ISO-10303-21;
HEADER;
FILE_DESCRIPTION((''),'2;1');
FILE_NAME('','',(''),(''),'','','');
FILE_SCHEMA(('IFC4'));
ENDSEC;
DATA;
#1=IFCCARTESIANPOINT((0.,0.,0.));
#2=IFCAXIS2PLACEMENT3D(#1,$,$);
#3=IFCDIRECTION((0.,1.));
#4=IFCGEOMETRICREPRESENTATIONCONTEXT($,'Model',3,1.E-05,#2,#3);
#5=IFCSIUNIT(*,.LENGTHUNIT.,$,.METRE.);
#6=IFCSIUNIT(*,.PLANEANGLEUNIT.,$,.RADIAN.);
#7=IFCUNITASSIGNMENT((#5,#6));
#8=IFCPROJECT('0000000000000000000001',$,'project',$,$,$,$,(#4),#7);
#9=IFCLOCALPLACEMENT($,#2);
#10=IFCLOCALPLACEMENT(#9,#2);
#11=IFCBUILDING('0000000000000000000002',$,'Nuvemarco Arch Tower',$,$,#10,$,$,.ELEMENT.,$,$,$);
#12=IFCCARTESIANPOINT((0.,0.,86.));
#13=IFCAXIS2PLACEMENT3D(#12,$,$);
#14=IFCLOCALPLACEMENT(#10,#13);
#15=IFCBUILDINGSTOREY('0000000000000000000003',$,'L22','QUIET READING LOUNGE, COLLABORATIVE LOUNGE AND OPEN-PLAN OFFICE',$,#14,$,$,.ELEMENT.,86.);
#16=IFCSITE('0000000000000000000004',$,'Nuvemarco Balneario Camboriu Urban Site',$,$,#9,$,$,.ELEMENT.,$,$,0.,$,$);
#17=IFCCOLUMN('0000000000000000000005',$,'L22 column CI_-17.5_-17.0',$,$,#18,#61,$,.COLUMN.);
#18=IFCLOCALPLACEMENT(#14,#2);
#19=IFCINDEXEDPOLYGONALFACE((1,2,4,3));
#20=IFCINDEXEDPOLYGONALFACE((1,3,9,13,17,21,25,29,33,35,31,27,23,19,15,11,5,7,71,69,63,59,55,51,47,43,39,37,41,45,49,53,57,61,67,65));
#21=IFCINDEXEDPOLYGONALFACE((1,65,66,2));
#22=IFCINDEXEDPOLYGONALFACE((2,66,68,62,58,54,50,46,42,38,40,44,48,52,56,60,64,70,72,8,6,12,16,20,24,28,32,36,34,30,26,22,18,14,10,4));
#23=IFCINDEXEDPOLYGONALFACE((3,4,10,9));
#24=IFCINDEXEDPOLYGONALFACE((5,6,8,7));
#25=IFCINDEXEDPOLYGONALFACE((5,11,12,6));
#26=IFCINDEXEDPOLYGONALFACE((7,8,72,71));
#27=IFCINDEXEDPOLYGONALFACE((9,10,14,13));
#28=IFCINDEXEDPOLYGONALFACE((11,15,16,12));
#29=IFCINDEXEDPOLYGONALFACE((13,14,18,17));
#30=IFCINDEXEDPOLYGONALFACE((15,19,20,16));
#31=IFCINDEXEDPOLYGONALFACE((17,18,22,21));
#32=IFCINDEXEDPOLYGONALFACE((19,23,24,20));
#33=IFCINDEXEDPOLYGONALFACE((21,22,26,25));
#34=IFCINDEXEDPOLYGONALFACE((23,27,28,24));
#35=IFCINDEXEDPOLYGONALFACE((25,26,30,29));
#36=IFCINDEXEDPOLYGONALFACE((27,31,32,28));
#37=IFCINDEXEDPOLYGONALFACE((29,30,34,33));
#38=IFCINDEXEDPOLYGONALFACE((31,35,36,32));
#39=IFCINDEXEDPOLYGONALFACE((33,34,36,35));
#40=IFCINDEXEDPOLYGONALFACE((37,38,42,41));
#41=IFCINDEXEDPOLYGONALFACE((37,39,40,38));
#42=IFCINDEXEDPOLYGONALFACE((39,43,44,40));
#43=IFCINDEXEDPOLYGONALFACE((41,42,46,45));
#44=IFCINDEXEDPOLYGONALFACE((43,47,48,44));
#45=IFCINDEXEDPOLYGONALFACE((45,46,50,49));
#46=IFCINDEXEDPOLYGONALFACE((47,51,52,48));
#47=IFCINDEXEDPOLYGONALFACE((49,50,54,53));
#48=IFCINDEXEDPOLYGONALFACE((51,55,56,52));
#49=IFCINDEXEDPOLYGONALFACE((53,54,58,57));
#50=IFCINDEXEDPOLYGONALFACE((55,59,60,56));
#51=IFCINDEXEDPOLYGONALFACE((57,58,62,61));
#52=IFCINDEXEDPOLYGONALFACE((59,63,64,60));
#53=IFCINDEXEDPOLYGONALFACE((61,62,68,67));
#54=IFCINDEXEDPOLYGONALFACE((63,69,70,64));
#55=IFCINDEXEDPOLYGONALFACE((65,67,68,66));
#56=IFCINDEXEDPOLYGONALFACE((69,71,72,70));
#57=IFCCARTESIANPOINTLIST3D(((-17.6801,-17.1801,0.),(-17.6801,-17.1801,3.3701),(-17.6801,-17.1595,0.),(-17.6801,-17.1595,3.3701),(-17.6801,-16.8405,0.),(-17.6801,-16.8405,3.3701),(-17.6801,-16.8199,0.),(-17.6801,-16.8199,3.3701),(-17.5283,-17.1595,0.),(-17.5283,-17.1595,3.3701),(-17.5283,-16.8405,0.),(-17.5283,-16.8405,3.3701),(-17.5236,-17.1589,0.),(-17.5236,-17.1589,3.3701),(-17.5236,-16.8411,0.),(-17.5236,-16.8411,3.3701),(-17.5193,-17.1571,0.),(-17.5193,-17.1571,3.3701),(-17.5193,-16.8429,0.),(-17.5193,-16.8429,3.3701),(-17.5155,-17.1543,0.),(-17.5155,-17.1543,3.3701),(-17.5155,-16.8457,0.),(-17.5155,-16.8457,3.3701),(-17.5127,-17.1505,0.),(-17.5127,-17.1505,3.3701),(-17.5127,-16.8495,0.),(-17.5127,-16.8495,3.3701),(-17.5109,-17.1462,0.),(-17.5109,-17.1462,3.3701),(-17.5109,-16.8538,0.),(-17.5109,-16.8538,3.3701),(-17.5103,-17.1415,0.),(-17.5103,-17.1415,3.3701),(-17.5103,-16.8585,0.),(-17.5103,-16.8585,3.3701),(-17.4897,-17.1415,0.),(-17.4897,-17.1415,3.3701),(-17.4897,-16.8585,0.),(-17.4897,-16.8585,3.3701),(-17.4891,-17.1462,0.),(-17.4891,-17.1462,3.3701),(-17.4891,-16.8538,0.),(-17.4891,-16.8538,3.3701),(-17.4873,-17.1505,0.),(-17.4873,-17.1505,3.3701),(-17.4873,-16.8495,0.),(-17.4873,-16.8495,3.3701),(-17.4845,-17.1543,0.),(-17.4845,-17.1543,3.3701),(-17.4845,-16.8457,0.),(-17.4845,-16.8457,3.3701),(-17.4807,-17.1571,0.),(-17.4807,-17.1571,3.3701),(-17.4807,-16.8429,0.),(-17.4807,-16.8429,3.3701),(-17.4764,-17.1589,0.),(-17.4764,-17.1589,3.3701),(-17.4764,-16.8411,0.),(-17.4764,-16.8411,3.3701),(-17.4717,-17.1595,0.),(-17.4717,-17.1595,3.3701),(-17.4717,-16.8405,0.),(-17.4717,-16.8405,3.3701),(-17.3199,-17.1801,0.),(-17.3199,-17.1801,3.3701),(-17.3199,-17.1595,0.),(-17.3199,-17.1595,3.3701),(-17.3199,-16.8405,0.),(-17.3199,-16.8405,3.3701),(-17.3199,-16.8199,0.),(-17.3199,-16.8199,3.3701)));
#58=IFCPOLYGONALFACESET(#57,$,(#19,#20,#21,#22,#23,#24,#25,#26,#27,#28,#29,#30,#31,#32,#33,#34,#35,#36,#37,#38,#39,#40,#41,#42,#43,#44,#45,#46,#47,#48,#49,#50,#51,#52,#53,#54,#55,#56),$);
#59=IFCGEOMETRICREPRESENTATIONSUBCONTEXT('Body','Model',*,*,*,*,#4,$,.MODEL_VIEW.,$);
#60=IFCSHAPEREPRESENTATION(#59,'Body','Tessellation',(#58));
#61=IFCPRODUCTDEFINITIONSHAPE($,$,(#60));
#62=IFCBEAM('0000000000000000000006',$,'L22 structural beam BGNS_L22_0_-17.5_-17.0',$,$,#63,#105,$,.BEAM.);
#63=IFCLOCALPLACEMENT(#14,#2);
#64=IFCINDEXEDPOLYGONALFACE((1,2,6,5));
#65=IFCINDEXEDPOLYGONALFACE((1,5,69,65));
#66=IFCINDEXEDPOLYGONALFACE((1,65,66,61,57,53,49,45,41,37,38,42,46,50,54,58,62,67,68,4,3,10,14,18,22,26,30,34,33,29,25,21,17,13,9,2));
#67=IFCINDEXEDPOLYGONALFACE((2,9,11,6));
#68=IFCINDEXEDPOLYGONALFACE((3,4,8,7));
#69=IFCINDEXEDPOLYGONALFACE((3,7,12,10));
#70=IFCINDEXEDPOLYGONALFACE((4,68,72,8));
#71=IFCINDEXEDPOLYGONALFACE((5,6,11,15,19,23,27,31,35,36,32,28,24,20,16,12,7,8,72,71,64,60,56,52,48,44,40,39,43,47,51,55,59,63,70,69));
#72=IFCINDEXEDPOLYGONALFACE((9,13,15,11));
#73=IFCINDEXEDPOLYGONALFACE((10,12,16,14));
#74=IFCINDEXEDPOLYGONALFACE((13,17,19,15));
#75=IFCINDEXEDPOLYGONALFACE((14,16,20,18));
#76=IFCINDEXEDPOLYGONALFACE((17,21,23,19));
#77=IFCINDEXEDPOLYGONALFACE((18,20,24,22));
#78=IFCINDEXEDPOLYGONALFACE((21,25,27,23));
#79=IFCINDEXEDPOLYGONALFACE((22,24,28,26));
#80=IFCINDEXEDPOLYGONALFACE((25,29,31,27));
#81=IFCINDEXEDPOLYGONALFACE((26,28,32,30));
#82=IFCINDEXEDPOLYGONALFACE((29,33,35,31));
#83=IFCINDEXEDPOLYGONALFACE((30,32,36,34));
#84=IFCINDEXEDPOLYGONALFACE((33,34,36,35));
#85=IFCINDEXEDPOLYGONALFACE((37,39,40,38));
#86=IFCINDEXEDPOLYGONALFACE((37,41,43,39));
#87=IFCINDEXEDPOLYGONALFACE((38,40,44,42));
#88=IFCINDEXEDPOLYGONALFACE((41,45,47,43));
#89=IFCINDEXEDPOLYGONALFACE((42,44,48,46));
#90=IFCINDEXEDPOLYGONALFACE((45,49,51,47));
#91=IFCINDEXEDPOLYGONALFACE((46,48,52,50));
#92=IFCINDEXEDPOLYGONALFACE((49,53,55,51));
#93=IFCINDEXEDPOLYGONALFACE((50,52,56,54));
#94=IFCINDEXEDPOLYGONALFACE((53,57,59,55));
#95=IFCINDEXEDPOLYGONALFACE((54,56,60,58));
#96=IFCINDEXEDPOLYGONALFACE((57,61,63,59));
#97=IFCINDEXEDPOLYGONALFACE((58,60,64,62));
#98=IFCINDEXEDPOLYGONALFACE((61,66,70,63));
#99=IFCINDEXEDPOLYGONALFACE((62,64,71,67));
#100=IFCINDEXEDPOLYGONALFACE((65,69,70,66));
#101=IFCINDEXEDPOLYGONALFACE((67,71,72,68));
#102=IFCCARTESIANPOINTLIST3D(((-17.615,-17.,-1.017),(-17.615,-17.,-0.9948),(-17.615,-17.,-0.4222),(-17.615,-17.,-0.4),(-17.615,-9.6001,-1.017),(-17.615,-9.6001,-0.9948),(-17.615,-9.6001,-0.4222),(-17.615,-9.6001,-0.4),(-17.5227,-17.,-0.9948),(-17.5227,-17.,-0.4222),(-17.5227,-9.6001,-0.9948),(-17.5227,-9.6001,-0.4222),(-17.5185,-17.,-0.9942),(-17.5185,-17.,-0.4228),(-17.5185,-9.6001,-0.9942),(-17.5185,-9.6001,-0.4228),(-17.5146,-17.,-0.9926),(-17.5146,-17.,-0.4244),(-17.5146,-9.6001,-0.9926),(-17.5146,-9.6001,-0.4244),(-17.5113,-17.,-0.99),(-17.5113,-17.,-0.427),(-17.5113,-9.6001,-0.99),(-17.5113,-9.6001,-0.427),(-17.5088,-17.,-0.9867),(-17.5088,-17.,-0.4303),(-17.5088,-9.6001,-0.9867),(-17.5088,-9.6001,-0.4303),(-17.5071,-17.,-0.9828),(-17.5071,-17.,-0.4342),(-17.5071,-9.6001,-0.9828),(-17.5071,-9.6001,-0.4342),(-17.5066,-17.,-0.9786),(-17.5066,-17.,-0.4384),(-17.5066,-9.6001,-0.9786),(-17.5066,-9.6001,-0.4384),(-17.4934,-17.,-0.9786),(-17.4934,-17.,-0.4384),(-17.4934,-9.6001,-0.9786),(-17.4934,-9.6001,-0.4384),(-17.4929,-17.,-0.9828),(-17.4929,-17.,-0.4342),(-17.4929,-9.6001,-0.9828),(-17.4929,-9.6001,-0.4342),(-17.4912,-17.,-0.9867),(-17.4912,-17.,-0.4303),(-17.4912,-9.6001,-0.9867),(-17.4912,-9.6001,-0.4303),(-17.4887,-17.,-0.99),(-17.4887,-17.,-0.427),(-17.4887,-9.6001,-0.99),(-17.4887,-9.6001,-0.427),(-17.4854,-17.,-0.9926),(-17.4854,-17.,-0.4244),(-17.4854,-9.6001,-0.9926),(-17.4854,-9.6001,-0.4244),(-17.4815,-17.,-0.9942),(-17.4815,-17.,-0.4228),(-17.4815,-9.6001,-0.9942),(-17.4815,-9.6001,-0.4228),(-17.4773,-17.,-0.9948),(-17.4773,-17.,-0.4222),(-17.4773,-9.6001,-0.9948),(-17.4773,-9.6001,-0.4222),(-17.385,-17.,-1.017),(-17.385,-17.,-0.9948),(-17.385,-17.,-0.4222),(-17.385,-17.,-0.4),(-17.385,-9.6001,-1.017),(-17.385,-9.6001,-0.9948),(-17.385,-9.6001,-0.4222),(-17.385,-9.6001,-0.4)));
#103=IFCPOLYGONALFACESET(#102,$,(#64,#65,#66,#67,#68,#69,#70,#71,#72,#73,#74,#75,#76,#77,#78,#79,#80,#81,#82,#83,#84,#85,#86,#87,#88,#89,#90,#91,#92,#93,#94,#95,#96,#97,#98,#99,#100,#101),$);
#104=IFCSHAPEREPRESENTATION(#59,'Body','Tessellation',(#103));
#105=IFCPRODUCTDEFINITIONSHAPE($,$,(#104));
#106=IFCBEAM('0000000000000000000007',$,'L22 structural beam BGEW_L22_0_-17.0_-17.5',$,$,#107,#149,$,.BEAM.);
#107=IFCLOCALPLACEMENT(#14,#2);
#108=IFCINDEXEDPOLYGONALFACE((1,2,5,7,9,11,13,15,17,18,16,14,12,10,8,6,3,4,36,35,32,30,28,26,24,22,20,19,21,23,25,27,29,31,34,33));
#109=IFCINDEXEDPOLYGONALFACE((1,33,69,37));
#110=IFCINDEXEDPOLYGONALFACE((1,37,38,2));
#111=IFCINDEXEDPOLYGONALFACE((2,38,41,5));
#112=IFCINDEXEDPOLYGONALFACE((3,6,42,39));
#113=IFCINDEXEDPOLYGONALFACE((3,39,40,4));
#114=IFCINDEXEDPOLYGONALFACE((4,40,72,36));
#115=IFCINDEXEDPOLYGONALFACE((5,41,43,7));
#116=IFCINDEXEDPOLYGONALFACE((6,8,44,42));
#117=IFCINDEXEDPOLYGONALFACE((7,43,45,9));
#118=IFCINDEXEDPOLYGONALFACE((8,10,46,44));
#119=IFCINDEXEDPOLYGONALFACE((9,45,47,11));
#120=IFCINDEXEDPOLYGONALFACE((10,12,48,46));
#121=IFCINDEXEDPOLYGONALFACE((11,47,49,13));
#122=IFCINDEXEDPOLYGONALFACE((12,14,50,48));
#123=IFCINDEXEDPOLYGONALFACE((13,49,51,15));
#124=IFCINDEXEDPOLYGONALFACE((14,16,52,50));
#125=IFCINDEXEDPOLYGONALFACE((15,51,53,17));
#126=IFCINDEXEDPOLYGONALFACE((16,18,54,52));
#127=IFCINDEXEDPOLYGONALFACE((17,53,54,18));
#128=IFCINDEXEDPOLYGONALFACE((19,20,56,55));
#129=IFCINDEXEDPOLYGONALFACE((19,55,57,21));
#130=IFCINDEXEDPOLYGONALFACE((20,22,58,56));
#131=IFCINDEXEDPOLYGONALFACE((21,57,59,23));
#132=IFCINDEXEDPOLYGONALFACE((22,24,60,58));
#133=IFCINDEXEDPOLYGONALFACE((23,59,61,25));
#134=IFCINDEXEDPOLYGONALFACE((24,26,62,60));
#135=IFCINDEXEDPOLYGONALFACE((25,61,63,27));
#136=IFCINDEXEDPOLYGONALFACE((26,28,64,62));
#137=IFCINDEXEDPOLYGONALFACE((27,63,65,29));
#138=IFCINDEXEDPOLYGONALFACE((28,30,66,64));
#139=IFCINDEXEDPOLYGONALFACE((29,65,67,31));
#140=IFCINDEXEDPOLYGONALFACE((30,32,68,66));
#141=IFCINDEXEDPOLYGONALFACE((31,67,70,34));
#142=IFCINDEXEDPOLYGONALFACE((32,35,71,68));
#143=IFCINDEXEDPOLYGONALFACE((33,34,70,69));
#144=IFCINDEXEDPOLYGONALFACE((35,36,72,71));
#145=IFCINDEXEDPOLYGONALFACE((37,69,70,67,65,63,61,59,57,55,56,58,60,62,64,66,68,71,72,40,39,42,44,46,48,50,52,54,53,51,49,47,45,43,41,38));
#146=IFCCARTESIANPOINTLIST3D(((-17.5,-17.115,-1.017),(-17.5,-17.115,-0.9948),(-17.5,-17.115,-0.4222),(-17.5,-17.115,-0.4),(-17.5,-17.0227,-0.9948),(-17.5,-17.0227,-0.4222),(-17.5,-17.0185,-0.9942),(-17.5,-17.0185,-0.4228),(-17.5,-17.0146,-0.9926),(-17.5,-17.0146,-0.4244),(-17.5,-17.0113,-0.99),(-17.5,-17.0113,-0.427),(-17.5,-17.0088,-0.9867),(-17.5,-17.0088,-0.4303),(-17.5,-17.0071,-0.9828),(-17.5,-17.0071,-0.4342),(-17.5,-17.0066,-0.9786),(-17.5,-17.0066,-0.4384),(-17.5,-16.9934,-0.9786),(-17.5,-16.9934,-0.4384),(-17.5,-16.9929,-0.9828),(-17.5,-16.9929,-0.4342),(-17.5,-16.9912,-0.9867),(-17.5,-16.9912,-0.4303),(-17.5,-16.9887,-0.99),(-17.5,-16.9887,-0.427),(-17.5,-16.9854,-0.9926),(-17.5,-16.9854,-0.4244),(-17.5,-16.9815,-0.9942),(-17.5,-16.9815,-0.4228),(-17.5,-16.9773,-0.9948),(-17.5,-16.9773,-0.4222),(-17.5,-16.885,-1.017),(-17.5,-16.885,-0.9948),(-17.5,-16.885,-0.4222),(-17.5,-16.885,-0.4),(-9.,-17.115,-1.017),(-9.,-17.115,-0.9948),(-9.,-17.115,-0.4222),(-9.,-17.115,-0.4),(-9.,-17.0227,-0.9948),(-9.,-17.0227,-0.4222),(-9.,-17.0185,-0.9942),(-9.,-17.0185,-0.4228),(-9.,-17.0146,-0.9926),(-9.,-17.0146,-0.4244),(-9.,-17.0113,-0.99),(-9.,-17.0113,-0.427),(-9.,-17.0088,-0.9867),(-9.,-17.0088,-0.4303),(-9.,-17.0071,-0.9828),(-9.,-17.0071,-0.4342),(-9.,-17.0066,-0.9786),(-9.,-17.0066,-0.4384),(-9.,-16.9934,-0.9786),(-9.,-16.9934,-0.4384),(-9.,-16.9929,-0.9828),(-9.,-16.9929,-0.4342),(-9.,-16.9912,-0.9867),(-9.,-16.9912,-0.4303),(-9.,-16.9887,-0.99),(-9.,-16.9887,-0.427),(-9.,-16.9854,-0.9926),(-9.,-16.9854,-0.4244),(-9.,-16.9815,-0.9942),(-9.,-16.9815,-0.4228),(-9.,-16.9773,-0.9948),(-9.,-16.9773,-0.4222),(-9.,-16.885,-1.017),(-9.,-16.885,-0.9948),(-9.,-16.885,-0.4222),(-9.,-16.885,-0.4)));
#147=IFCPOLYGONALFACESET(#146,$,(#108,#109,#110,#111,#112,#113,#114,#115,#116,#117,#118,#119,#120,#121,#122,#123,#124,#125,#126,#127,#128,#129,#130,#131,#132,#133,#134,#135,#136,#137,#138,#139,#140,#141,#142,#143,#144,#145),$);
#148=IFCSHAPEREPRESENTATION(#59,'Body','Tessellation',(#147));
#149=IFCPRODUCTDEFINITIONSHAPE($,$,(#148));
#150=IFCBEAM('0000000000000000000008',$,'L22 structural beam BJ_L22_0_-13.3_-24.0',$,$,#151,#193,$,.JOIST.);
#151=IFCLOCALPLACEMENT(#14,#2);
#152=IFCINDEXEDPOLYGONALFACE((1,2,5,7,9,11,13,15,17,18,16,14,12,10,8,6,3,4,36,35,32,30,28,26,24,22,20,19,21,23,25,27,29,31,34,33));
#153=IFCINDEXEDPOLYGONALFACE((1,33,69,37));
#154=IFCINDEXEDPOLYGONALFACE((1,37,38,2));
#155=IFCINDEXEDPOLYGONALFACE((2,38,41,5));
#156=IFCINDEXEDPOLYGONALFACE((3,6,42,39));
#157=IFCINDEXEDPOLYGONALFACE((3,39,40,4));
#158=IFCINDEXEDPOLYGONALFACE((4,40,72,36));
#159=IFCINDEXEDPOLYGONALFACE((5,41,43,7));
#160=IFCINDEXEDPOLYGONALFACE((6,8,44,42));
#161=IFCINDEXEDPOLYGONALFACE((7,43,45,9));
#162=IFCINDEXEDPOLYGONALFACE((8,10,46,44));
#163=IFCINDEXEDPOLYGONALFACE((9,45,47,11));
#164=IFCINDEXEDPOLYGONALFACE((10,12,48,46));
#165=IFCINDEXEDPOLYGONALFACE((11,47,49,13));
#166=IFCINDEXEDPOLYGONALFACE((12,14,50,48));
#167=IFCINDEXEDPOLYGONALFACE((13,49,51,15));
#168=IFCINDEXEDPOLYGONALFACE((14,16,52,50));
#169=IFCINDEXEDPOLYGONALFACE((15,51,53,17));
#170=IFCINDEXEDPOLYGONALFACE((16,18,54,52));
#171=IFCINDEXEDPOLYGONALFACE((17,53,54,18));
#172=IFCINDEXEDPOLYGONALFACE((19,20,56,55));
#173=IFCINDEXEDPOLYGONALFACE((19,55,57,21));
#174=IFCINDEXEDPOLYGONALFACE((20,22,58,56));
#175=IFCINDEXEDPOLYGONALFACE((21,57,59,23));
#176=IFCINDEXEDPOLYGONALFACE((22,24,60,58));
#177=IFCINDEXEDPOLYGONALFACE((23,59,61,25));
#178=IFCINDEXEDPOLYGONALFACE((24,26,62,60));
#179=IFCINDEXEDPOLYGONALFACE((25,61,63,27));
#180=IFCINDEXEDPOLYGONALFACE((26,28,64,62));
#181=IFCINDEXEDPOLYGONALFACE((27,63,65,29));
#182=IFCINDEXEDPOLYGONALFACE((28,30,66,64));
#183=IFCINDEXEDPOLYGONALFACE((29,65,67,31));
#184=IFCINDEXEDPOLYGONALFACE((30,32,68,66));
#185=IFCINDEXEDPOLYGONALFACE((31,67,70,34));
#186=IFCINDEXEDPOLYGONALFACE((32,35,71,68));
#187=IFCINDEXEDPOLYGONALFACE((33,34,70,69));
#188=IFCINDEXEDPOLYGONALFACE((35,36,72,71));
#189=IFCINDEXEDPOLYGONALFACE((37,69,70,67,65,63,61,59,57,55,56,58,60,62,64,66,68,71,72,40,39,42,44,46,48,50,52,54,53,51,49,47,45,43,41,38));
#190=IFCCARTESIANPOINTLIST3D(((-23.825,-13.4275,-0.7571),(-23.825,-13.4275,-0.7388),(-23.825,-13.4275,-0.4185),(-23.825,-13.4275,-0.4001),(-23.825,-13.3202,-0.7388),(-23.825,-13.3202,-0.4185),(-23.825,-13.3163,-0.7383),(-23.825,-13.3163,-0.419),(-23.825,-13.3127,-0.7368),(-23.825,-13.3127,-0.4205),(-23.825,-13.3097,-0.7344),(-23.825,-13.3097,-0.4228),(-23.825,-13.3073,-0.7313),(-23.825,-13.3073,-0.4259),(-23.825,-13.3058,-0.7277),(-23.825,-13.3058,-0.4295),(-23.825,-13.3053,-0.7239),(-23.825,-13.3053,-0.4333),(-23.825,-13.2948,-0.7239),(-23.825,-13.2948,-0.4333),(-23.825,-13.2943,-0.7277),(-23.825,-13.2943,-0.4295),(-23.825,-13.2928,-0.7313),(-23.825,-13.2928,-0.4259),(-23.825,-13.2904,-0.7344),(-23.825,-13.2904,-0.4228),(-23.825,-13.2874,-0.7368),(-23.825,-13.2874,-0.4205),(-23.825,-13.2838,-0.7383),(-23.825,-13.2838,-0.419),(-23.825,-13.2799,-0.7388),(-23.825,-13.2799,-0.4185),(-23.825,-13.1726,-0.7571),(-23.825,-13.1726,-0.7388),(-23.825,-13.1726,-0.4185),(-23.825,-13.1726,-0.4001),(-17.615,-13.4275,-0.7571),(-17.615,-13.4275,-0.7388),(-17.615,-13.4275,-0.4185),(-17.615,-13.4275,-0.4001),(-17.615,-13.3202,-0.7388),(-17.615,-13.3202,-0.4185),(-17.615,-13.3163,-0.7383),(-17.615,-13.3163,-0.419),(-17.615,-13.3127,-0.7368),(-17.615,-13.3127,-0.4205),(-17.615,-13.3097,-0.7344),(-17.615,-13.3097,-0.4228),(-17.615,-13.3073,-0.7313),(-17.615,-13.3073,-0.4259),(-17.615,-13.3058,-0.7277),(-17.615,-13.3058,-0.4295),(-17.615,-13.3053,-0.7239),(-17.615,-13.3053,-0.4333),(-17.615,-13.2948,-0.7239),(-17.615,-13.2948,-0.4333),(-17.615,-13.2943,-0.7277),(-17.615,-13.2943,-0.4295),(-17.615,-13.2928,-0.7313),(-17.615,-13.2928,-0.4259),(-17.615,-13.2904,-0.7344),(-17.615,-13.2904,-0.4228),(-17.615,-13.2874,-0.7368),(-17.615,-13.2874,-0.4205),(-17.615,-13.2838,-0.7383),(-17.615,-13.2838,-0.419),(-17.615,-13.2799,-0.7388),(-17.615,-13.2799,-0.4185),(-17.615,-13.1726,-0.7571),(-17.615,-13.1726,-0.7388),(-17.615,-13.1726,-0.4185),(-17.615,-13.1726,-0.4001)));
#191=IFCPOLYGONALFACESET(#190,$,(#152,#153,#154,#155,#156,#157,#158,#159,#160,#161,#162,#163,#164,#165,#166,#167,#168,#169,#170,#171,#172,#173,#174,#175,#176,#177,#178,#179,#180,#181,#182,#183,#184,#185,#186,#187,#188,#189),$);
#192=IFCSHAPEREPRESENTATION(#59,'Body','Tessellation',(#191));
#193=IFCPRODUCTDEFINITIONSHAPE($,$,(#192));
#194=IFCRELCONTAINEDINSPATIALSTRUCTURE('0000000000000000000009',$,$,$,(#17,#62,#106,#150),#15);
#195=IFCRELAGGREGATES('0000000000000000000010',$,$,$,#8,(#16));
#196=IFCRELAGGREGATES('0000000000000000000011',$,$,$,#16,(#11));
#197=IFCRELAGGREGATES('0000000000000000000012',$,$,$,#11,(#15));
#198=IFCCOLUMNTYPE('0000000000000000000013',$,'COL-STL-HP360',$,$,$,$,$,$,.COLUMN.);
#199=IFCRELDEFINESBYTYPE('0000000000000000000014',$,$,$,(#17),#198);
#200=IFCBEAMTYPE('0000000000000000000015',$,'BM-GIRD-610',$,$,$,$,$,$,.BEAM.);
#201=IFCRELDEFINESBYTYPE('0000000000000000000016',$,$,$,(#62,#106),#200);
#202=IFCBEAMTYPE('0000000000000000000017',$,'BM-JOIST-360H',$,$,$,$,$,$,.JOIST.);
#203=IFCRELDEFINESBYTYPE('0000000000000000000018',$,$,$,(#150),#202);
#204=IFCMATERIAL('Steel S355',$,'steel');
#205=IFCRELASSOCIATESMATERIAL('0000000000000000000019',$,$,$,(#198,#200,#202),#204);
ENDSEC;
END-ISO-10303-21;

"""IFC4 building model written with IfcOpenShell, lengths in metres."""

from ifc_helpers import new_model, si_unit, direction, frame, origin, origin_2d, place, context, subcontext, project, spatial, i_section, extrude, material, material_profile, profile_set, type_object, element, save


model = new_model("IFC4")

# Units and contexts
model_context = context("Model", 3, precision=1e-05, world=origin(), true_north=direction((0.0, 1.0)))
body_context = subcontext(model_context, "Body", "Model", "MODEL_VIEW")
ifc_project = project(units=[si_unit("LENGTHUNIT", "METRE"), si_unit("PLANEANGLEUNIT", "RADIAN")], contexts=[model_context])

# Site, building, storey
site_placement = place(None, origin())
site = spatial("IfcSite", under=ifc_project, at=site_placement, Name="Nuvemarco Balneario Camboriu Urban Site", CompositionType="ELEMENT", RefElevation=0.0)
building_placement = place(site_placement, origin())
building = spatial("IfcBuilding", under=site, at=building_placement, Name="Nuvemarco Arch Tower", CompositionType="ELEMENT")
storey_placement = place(building_placement, frame((0.0, 0.0, 86.0)))
storey = spatial("IfcBuildingStorey", under=building, at=storey_placement, Name="L22", Description="QUIET READING LOUNGE, COLLABORATIVE LOUNGE AND OPEN-PLAN OFFICE", CompositionType="ELEMENT", Elevation=86.0)

# Column
ifc_material_1 = material(Name="Steel S355", Category="steel")
ifc_material_profile_1 = material_profile(ifc_material_1, i_section(OverallWidth=0.3601, OverallDepth=0.3601, WebThickness=0.0205, FlangeThickness=0.0205, FilletRadius=0.0181, at=origin_2d()), Name="HP360x174")
ifc_profile_set_1 = profile_set([ifc_material_profile_1], Name="Steel S355")
column_type = type_object("IfcColumnType", Name="COL-STL-HP360", PredefinedType="COLUMN", material=ifc_profile_set_1)
column_placement = place(storey_placement, frame((-17.5, -17.0, 0.0), z_axis=(0.0, 0.0, 1.0), x_axis=(1.0, 0.0, 0.0)))
element("IfcColumn", 1, at=column_placement, inside=storey, type_object=column_type, Name="L22 column CI_-17.5_-17.0", PredefinedType="COLUMN", context=body_context, shape_type="SweptSolid", body=[
    extrude(i_section(OverallWidth=0.3601, OverallDepth=0.3601, WebThickness=0.0205, FlangeThickness=0.0205, FilletRadius=0.0181, at=origin_2d()), origin(), (0.0, 0.0, 1.0), 3.3701),
])

# Beams
ifc_material_profile_2 = material_profile(ifc_material_1, i_section(OverallWidth=0.23, OverallDepth=0.6169, WebThickness=0.0132, FlangeThickness=0.0222, FilletRadius=0.0161, at=origin_2d()), Name="W610x140")
ifc_profile_set_2 = profile_set([ifc_material_profile_2], Name="Steel S355")
beam_type_1 = type_object("IfcBeamType", Name="BM-GIRD-610", PredefinedType="BEAM", material=ifc_profile_set_2)
beam_1_placement = place(storey_placement, frame((-17.5, -17.0, -0.7085), z_axis=(0.0, 1.0, 0.0), x_axis=(-1.0, 0.0, 0.0)))
element("IfcBeam", 2, at=beam_1_placement, inside=storey, type_object=beam_type_1, Name="L22 structural beam BGNS_L22_0_-17.5_-17.0", PredefinedType="BEAM", context=body_context, shape_type="SweptSolid", body=[
    extrude(i_section(OverallWidth=0.23, OverallDepth=0.6169, WebThickness=0.0132, FlangeThickness=0.0222, FilletRadius=0.0161, at=origin_2d()), origin(), (0.0, 0.0, 1.0), 7.3999),
])
beam_2_placement = place(storey_placement, frame((-17.5, -17.0, -0.7085), z_axis=(1.0, 0.0, 0.0), x_axis=(0.0, 1.0, 0.0)))
element("IfcBeam", 3, at=beam_2_placement, inside=storey, type_object=beam_type_1, Name="L22 structural beam BGEW_L22_0_-17.0_-17.5", PredefinedType="BEAM", context=body_context, shape_type="SweptSolid", body=[
    extrude(i_section(OverallWidth=0.23, OverallDepth=0.6169, WebThickness=0.0132, FlangeThickness=0.0222, FilletRadius=0.0161, at=origin_2d()), origin(), (0.0, 0.0, 1.0), 8.5),
])
ifc_material_profile_3 = material_profile(ifc_material_1, i_section(OverallWidth=0.2549, OverallDepth=0.3569, WebThickness=0.0105, FlangeThickness=0.0183, FilletRadius=0.0149, at=origin_2d()), Name="W360x101")
ifc_profile_set_3 = profile_set([ifc_material_profile_3], Name="Steel S355")
beam_type_2 = type_object("IfcBeamType", Name="BM-JOIST-360H", PredefinedType="JOIST", material=ifc_profile_set_3)
beam_3_placement = place(storey_placement, frame((-23.825, -13.3, -0.5786), z_axis=(1.0, 0.0, 0.0), x_axis=(0.0, 1.0, 0.0)))
element("IfcBeam", 4, at=beam_3_placement, inside=storey, type_object=beam_type_2, Name="L22 structural beam BJ_L22_0_-13.3_-24.0", PredefinedType="JOIST", context=body_context, shape_type="SweptSolid", body=[
    extrude(i_section(OverallWidth=0.2549, OverallDepth=0.3569, WebThickness=0.0105, FlangeThickness=0.0183, FilletRadius=0.0149, at=origin_2d()), origin(), (0.0, 0.0, 1.0), 6.21),
])

save(model, "model.ifc")
